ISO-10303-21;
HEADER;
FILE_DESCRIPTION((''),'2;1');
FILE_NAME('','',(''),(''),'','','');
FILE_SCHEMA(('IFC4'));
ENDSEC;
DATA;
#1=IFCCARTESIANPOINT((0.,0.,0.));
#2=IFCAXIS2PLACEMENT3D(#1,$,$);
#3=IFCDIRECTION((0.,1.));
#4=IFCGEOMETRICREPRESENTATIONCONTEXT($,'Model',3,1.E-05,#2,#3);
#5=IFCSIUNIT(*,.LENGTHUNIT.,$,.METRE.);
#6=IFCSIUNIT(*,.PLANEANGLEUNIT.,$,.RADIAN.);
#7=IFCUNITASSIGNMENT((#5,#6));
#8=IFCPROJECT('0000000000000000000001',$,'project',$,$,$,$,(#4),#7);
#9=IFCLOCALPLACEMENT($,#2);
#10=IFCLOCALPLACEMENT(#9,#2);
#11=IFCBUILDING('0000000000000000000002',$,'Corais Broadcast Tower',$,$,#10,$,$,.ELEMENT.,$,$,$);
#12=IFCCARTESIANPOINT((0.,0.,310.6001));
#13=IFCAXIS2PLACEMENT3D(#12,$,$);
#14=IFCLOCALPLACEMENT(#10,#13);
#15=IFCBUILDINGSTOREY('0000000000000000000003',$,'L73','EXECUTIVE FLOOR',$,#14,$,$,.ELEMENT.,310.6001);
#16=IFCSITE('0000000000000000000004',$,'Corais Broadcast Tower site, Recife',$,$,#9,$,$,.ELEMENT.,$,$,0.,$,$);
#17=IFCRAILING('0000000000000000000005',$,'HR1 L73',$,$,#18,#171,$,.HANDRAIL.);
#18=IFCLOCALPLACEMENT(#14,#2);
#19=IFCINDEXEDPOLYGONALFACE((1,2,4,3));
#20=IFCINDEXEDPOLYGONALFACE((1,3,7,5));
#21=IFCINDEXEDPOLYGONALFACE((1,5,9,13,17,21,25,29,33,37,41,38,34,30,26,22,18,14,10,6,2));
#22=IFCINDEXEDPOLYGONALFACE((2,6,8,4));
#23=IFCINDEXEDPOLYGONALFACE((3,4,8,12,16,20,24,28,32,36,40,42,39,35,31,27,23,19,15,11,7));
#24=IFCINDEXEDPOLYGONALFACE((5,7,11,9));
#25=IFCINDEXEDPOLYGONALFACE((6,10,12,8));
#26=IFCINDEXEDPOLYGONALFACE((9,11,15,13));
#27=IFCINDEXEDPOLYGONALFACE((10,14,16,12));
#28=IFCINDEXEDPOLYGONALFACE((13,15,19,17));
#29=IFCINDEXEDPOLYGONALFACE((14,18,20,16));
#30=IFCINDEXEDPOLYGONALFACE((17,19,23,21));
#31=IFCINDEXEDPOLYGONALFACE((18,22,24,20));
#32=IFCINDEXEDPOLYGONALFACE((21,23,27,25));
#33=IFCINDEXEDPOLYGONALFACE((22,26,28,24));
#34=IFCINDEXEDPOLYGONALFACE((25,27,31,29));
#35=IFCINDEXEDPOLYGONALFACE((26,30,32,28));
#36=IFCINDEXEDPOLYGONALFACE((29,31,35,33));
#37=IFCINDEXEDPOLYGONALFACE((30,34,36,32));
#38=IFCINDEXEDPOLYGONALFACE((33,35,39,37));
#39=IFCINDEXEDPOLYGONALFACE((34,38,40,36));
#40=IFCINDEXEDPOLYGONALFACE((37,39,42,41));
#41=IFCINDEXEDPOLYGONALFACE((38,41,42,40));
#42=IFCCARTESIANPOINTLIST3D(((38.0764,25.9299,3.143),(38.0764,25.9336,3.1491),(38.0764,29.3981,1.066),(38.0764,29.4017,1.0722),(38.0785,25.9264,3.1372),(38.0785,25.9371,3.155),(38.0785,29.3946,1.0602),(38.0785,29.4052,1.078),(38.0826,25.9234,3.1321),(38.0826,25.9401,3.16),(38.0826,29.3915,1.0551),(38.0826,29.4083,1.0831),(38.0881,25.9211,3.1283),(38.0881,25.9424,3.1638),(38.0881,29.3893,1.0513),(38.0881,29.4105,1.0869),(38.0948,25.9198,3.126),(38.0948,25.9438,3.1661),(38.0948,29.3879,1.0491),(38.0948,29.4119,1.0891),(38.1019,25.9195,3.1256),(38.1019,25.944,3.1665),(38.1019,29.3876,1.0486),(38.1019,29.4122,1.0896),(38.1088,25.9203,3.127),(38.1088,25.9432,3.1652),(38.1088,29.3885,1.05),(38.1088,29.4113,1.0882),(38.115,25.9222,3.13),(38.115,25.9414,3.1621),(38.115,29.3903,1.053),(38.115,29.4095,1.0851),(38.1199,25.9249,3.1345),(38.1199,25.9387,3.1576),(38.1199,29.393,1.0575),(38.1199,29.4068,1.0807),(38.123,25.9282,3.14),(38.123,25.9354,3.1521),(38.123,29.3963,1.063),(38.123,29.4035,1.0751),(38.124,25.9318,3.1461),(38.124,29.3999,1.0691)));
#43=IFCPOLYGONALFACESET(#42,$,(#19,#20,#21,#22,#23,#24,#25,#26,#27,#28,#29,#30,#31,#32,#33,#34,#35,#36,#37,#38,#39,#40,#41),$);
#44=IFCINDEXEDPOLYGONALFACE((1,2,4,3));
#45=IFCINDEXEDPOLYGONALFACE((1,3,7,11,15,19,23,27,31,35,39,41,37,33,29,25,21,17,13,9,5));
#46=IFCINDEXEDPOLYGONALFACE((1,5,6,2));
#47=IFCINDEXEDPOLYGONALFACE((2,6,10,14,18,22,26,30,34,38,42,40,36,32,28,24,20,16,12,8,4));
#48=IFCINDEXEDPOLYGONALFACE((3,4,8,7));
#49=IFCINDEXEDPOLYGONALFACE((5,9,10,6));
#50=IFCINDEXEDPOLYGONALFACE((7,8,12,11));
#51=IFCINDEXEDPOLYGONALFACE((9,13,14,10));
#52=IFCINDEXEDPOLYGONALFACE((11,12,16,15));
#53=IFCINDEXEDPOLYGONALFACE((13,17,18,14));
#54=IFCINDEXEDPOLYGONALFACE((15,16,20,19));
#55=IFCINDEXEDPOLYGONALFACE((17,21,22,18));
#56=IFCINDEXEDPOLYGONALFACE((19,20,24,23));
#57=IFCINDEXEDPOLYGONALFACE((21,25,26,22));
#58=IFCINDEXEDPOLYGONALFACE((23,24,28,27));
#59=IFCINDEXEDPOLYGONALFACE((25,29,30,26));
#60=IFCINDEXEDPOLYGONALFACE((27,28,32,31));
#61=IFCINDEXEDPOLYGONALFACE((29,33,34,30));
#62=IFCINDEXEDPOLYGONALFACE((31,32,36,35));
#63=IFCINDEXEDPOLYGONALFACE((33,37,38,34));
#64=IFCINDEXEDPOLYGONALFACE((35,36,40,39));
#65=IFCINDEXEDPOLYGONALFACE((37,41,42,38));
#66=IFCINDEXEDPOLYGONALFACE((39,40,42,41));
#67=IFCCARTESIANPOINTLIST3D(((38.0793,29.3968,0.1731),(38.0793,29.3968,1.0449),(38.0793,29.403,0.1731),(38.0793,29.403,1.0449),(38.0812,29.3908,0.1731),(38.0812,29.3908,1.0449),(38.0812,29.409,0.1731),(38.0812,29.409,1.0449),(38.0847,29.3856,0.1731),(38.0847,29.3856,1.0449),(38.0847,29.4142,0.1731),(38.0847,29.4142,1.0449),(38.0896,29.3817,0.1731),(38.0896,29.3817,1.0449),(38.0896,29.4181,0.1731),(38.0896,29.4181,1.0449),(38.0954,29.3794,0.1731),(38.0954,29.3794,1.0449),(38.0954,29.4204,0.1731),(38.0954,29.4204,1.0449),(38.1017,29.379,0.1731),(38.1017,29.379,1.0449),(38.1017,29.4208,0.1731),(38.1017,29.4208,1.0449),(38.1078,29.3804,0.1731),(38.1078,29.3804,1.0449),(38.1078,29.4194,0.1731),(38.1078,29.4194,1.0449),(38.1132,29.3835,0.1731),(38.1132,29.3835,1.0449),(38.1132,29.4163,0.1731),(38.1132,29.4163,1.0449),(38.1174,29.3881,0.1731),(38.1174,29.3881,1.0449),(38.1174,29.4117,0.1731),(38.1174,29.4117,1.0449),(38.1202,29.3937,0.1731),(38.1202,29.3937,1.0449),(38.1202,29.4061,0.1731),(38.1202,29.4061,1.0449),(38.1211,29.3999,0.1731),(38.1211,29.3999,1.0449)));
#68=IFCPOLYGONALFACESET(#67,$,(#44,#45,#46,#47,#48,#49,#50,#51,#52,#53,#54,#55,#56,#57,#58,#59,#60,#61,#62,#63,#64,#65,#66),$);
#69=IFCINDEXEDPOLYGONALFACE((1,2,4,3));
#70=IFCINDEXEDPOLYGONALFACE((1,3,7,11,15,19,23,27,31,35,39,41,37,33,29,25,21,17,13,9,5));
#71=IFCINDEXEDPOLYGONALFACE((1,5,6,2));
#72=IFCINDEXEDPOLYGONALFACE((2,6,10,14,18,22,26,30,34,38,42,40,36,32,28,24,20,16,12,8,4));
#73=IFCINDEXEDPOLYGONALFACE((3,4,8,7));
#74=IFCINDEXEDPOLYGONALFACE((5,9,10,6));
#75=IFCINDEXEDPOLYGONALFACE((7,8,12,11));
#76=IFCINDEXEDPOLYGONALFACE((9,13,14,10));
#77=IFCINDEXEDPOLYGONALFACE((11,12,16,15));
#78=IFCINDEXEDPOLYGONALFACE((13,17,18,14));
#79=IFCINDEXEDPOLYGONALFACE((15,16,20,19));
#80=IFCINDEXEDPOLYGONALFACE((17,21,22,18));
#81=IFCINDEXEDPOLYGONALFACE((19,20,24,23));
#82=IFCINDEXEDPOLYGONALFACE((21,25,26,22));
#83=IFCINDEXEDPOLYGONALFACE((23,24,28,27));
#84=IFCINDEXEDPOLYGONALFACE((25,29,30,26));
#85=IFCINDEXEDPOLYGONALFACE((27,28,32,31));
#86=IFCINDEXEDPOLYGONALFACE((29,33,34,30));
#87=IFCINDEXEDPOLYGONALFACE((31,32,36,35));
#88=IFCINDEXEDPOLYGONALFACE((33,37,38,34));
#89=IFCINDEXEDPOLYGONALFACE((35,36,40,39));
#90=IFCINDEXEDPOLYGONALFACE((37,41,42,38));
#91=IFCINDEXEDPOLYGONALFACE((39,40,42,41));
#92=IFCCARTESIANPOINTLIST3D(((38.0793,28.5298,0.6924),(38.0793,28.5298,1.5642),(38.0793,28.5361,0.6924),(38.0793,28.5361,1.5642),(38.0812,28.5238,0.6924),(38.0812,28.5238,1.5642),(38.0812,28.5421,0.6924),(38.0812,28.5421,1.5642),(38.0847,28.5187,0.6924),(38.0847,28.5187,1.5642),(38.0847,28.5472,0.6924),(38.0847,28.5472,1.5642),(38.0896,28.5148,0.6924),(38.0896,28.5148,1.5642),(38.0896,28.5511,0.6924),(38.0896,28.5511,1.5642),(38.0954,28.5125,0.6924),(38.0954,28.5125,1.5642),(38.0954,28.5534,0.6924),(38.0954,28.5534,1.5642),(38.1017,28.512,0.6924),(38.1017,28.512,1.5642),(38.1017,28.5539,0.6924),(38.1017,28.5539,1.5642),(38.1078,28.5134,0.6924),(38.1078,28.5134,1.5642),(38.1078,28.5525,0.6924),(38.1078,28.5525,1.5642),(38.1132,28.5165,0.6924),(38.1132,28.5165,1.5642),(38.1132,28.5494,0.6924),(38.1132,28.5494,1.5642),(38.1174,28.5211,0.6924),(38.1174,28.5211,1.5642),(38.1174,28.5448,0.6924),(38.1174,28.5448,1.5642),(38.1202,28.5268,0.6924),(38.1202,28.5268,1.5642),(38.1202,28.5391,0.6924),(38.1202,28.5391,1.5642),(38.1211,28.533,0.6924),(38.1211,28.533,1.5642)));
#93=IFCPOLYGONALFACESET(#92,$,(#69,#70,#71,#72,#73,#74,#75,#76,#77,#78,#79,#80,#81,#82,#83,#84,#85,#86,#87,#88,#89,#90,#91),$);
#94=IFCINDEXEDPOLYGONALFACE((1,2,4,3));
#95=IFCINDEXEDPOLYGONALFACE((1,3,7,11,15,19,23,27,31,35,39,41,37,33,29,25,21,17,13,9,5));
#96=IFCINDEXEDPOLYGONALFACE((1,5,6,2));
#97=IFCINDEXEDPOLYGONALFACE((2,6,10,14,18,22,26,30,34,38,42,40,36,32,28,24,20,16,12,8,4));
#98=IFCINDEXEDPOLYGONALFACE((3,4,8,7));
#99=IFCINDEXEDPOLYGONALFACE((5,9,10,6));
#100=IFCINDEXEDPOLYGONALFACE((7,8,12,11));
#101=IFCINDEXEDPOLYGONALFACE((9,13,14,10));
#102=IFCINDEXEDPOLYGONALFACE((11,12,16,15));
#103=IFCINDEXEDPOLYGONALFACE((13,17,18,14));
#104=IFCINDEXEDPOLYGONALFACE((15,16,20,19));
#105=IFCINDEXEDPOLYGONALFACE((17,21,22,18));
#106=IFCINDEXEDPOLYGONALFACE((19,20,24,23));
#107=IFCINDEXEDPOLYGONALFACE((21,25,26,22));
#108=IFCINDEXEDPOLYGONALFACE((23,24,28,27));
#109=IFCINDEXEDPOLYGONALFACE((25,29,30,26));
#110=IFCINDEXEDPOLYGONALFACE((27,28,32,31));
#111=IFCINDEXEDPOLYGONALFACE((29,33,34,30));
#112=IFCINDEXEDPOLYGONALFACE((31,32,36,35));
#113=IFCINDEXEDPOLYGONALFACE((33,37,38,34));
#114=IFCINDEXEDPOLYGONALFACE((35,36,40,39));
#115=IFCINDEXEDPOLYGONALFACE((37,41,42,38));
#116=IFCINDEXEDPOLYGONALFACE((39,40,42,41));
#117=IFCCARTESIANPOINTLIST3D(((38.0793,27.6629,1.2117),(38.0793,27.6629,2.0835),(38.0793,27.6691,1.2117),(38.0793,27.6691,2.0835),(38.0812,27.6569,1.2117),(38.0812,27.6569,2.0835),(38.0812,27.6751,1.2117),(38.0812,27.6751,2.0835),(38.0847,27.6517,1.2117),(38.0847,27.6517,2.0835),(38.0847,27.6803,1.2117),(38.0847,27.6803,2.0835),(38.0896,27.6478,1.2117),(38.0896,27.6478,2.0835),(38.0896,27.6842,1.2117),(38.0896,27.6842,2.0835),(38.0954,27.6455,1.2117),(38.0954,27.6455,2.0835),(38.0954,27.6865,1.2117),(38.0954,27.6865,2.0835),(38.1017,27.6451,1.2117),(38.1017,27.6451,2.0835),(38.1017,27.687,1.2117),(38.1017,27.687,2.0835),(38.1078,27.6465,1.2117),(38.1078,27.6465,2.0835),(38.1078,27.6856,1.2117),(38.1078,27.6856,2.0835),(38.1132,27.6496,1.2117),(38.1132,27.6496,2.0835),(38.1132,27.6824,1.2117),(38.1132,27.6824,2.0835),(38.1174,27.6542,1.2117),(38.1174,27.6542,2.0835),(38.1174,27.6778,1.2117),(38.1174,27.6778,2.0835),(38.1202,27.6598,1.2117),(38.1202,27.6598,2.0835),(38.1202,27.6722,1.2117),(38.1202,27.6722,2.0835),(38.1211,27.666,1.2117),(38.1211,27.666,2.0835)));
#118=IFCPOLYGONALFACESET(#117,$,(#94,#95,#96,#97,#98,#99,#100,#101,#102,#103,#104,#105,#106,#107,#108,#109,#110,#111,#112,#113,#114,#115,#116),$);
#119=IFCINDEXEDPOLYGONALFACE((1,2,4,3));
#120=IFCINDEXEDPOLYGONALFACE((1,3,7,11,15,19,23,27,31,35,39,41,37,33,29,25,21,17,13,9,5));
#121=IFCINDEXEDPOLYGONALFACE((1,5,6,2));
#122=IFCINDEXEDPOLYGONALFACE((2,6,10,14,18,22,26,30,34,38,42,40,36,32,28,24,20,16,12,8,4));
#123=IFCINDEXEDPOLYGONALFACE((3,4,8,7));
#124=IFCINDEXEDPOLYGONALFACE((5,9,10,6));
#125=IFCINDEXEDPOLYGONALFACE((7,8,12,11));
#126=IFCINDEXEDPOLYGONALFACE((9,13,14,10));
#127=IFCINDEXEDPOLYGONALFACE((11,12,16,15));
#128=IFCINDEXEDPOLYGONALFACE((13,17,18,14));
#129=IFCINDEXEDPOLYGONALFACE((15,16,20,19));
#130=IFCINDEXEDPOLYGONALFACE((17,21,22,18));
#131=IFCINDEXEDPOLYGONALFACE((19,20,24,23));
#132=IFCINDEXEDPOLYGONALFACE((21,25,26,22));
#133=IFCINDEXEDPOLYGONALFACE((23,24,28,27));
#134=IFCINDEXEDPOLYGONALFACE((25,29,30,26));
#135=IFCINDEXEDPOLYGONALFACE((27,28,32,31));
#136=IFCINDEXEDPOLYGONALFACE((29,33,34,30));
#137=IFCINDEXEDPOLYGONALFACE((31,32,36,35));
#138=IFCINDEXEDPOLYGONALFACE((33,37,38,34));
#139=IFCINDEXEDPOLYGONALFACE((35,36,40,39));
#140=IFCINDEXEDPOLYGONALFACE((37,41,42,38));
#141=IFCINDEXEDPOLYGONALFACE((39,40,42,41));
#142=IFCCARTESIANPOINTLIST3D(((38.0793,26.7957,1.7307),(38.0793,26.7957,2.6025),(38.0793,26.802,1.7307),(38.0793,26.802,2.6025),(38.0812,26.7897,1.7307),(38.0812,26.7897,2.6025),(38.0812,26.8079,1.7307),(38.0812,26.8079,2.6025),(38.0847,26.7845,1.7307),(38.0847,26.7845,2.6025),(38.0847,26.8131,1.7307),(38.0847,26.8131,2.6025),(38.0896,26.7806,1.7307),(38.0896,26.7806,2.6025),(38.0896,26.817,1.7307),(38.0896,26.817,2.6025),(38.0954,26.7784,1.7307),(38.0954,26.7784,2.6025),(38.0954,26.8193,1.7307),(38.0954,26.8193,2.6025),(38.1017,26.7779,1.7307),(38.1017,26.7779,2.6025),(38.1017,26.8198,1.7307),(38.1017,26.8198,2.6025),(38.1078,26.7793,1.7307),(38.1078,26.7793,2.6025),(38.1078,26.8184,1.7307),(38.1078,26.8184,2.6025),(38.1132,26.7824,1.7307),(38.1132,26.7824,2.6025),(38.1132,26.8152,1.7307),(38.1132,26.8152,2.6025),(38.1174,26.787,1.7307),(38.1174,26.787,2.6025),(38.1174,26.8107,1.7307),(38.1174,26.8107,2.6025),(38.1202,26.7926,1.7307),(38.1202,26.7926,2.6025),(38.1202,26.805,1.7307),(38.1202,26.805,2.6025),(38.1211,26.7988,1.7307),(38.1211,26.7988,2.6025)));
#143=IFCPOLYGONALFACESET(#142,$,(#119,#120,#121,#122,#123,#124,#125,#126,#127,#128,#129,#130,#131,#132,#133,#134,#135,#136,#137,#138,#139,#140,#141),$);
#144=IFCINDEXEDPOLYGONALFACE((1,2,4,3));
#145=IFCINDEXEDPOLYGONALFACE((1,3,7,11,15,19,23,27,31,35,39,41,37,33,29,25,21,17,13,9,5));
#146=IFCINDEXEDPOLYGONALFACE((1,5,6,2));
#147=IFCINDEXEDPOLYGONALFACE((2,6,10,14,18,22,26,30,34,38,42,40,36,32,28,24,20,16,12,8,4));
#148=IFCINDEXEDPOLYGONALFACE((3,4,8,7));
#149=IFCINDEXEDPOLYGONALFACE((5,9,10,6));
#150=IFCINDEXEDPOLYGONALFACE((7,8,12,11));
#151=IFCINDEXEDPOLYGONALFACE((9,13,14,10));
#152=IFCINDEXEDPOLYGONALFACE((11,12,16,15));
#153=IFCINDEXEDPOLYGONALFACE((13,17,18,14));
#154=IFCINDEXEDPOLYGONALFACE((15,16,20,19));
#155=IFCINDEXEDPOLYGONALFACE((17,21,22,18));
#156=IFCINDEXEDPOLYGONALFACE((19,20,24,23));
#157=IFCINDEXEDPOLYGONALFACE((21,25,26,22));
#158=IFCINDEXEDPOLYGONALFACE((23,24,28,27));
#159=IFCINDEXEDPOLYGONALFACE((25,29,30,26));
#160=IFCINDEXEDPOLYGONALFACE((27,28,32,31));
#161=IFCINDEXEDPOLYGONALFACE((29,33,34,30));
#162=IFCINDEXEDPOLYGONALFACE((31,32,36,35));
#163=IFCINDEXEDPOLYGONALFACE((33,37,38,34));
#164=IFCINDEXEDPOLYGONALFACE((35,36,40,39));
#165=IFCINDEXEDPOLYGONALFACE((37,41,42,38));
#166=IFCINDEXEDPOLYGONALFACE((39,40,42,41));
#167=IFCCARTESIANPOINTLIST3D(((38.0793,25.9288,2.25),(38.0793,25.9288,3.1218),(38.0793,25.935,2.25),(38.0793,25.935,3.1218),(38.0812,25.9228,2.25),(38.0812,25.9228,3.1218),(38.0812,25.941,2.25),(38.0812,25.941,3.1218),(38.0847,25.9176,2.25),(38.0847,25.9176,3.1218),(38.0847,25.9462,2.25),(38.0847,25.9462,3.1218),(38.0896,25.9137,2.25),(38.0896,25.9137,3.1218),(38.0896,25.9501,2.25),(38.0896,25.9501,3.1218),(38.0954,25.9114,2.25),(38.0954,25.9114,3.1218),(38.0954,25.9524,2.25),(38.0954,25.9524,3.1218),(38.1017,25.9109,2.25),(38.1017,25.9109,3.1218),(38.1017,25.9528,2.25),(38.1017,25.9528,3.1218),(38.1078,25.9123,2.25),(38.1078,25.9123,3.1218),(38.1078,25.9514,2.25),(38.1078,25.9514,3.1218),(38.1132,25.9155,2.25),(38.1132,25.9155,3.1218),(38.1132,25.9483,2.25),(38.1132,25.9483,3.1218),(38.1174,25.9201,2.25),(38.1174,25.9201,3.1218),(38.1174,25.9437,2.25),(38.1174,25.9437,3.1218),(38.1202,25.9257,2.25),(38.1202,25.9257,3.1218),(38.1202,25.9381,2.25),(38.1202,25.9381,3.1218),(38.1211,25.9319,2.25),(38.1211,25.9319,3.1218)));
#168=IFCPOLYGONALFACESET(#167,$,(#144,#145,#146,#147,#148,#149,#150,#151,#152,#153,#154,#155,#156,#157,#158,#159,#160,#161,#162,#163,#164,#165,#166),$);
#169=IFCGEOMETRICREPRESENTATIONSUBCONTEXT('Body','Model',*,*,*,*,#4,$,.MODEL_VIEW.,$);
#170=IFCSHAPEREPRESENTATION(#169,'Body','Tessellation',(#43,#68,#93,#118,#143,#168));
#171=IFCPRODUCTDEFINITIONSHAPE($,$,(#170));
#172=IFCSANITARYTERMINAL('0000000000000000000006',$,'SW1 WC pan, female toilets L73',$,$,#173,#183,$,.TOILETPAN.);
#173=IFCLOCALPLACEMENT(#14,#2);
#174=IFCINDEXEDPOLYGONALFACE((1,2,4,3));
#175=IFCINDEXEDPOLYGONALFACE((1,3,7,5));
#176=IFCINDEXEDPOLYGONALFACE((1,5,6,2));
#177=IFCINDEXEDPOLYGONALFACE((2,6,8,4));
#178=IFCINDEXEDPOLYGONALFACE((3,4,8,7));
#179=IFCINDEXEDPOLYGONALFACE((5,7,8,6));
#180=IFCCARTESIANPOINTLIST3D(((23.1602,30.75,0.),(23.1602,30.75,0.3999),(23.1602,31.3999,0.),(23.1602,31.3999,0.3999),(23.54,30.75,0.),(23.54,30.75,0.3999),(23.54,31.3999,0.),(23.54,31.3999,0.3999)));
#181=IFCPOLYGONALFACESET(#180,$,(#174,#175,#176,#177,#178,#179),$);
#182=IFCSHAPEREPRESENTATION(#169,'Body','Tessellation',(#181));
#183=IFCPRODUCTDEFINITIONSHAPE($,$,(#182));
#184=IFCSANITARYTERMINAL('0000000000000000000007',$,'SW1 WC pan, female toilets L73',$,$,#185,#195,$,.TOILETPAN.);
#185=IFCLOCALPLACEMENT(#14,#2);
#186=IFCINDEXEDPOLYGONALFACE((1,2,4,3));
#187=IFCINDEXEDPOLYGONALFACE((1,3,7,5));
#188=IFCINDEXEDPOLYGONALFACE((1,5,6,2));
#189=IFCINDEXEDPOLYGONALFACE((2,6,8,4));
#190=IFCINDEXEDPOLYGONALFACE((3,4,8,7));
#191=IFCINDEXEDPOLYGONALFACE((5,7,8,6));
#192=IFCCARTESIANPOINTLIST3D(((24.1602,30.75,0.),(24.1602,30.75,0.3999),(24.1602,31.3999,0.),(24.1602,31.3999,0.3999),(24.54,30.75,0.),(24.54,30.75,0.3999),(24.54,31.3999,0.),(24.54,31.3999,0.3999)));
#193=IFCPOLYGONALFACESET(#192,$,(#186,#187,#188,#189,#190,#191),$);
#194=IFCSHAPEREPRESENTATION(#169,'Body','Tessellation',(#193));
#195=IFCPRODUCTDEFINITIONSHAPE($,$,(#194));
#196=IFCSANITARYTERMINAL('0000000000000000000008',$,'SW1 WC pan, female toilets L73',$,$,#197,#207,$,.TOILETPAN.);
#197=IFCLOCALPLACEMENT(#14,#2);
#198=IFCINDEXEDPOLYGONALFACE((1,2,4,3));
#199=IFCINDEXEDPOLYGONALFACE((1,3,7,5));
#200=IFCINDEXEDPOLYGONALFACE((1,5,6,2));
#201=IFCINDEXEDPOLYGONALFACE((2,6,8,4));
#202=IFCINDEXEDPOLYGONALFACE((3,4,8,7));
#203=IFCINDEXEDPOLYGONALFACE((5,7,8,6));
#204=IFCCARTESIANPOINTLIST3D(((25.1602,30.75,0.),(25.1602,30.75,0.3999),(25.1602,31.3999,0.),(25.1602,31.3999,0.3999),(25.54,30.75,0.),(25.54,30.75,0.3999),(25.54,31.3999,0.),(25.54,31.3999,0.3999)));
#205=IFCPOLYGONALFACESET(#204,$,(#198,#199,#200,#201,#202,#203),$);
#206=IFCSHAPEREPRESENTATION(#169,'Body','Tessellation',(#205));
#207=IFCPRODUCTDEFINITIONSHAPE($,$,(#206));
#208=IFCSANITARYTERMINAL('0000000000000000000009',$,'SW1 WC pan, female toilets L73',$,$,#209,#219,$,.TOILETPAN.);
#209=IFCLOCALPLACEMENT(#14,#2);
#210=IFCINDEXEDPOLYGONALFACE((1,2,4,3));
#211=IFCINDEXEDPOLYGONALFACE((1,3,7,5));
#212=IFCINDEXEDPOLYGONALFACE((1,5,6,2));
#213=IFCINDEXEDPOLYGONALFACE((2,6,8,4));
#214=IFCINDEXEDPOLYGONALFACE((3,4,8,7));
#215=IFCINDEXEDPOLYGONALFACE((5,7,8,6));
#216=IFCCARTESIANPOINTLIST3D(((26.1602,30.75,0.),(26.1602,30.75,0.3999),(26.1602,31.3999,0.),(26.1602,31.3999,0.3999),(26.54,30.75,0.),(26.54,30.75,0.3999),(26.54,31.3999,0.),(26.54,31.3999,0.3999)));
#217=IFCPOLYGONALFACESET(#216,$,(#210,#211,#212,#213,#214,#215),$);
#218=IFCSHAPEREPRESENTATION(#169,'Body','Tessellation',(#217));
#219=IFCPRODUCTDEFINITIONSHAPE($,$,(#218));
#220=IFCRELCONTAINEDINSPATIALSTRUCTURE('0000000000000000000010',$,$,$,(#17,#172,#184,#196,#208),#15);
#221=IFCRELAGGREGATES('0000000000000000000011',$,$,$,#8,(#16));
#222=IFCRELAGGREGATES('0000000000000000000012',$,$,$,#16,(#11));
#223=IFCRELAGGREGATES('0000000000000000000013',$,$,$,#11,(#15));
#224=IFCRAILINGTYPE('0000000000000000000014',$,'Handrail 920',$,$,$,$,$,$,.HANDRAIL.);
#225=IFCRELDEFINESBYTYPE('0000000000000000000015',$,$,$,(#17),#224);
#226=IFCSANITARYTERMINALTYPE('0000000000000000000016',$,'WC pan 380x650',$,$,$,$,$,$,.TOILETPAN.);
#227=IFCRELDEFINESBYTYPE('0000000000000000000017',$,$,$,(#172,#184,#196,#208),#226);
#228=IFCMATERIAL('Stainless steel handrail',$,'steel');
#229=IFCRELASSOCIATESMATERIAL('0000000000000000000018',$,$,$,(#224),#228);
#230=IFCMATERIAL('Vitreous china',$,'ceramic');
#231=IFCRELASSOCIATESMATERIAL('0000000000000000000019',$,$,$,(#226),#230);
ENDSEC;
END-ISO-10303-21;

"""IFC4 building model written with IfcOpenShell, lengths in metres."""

from ifc_helpers import new_model, si_unit, direction, frame, origin, origin_2d, place, context, subcontext, project, spatial, rectangle, circle, extrude, material, type_object, element, save


model = new_model("IFC4")

# Units and contexts
model_context = context("Model", 3, precision=1e-05, world=origin(), true_north=direction((0.0, 1.0)))
body_context = subcontext(model_context, "Body", "Model", "MODEL_VIEW")
ifc_project = project(units=[si_unit("LENGTHUNIT", "METRE"), si_unit("PLANEANGLEUNIT", "RADIAN")], contexts=[model_context])

# Site, building, storey
site_placement = place(None, origin())
site = spatial("IfcSite", under=ifc_project, at=site_placement, Name="Corais Broadcast Tower site, Recife", CompositionType="ELEMENT", RefElevation=0.0)
building_placement = place(site_placement, origin())
building = spatial("IfcBuilding", under=site, at=building_placement, Name="Corais Broadcast Tower", CompositionType="ELEMENT")
storey_placement = place(building_placement, frame((0.0, 0.0, 310.6001)))
storey = spatial("IfcBuildingStorey", under=building, at=storey_placement, Name="L73", Description="EXECUTIVE FLOOR", CompositionType="ELEMENT", Elevation=310.6001)

# Railing
ifc_material_1 = material(Name="Stainless steel handrail", Category="steel")
railing_type = type_object("IfcRailingType", Name="Handrail 920", PredefinedType="HANDRAIL", material=ifc_material_1)
for number, where, name in (
    (1, (38.1001, 29.3999, 0.1731), "HR1 L73"),
):
    element("IfcRailing", number, at=place(storey_placement, frame(where)), inside=storey, type_object=railing_type, Name=name, PredefinedType="HANDRAIL", context=body_context, shape_type="SweptSolid", body=[
        extrude(circle(Radius=0.0239, at=origin_2d()), frame((0.0, 0.0, 0.896), z_axis=(0.0, -0.857919, 0.513785), x_axis=(1.0, 0.0, 0.0)), (0.0, 0.0, 1.0), 4.0425),
        extrude(circle(Radius=0.021, at=origin_2d()), origin(), (0.0, 0.0, 1.0), 0.8718),
        extrude(circle(Radius=0.021, at=origin_2d()), frame((0.0, -0.8669, 0.5193)), (0.0, 0.0, 1.0), 0.8718),
        extrude(circle(Radius=0.021, at=origin_2d()), frame((0.0, -1.7339, 1.0386)), (0.0, 0.0, 1.0), 0.8718),
        extrude(circle(Radius=0.021, at=origin_2d()), frame((0.0, -2.6011, 1.5576)), (0.0, 0.0, 1.0), 0.8718),
        extrude(circle(Radius=0.021, at=origin_2d()), frame((0.0, -3.468, 2.0769)), (0.0, 0.0, 1.0), 0.8718),
    ])

# Sanitary terminals
ifc_material_2 = material(Name="Vitreous china", Category="ceramic")
sanitary_terminal_type = type_object("IfcSanitaryTerminalType", Name="WC pan 380x650", PredefinedType="TOILETPAN", material=ifc_material_2)
for number, where, z_axis, x_axis, name in (
    (2, (23.3501, 31.075, 0.0), (0.0, 0.0, 1.0), (1.0, 0.0, 0.0), "SW1 WC pan, female toilets L73"),
    (3, (24.3501, 31.075, 0.0), (0.0, 0.0, 1.0), (1.0, 0.0, 0.0), "SW1 WC pan, female toilets L73"),
    (4, (25.3501, 31.075, 0.0), (0.0, 0.0, 1.0), (1.0, 0.0, 0.0), "SW1 WC pan, female toilets L73"),
    (5, (26.3501, 31.075, 0.0), (0.0, 0.0, 1.0), (1.0, 0.0, 0.0), "SW1 WC pan, female toilets L73"),
):
    element("IfcSanitaryTerminal", number, at=place(storey_placement, frame(where, z_axis=z_axis, x_axis=x_axis)), inside=storey, type_object=sanitary_terminal_type, Name=name, PredefinedType="TOILETPAN", context=body_context, shape_type="SweptSolid", body=[
        extrude(rectangle(XDim=0.3799, YDim=0.6499, at=origin_2d()), origin(), (0.0, 0.0, 1.0), 0.3999),
    ])

save(model, "model.ifc")
